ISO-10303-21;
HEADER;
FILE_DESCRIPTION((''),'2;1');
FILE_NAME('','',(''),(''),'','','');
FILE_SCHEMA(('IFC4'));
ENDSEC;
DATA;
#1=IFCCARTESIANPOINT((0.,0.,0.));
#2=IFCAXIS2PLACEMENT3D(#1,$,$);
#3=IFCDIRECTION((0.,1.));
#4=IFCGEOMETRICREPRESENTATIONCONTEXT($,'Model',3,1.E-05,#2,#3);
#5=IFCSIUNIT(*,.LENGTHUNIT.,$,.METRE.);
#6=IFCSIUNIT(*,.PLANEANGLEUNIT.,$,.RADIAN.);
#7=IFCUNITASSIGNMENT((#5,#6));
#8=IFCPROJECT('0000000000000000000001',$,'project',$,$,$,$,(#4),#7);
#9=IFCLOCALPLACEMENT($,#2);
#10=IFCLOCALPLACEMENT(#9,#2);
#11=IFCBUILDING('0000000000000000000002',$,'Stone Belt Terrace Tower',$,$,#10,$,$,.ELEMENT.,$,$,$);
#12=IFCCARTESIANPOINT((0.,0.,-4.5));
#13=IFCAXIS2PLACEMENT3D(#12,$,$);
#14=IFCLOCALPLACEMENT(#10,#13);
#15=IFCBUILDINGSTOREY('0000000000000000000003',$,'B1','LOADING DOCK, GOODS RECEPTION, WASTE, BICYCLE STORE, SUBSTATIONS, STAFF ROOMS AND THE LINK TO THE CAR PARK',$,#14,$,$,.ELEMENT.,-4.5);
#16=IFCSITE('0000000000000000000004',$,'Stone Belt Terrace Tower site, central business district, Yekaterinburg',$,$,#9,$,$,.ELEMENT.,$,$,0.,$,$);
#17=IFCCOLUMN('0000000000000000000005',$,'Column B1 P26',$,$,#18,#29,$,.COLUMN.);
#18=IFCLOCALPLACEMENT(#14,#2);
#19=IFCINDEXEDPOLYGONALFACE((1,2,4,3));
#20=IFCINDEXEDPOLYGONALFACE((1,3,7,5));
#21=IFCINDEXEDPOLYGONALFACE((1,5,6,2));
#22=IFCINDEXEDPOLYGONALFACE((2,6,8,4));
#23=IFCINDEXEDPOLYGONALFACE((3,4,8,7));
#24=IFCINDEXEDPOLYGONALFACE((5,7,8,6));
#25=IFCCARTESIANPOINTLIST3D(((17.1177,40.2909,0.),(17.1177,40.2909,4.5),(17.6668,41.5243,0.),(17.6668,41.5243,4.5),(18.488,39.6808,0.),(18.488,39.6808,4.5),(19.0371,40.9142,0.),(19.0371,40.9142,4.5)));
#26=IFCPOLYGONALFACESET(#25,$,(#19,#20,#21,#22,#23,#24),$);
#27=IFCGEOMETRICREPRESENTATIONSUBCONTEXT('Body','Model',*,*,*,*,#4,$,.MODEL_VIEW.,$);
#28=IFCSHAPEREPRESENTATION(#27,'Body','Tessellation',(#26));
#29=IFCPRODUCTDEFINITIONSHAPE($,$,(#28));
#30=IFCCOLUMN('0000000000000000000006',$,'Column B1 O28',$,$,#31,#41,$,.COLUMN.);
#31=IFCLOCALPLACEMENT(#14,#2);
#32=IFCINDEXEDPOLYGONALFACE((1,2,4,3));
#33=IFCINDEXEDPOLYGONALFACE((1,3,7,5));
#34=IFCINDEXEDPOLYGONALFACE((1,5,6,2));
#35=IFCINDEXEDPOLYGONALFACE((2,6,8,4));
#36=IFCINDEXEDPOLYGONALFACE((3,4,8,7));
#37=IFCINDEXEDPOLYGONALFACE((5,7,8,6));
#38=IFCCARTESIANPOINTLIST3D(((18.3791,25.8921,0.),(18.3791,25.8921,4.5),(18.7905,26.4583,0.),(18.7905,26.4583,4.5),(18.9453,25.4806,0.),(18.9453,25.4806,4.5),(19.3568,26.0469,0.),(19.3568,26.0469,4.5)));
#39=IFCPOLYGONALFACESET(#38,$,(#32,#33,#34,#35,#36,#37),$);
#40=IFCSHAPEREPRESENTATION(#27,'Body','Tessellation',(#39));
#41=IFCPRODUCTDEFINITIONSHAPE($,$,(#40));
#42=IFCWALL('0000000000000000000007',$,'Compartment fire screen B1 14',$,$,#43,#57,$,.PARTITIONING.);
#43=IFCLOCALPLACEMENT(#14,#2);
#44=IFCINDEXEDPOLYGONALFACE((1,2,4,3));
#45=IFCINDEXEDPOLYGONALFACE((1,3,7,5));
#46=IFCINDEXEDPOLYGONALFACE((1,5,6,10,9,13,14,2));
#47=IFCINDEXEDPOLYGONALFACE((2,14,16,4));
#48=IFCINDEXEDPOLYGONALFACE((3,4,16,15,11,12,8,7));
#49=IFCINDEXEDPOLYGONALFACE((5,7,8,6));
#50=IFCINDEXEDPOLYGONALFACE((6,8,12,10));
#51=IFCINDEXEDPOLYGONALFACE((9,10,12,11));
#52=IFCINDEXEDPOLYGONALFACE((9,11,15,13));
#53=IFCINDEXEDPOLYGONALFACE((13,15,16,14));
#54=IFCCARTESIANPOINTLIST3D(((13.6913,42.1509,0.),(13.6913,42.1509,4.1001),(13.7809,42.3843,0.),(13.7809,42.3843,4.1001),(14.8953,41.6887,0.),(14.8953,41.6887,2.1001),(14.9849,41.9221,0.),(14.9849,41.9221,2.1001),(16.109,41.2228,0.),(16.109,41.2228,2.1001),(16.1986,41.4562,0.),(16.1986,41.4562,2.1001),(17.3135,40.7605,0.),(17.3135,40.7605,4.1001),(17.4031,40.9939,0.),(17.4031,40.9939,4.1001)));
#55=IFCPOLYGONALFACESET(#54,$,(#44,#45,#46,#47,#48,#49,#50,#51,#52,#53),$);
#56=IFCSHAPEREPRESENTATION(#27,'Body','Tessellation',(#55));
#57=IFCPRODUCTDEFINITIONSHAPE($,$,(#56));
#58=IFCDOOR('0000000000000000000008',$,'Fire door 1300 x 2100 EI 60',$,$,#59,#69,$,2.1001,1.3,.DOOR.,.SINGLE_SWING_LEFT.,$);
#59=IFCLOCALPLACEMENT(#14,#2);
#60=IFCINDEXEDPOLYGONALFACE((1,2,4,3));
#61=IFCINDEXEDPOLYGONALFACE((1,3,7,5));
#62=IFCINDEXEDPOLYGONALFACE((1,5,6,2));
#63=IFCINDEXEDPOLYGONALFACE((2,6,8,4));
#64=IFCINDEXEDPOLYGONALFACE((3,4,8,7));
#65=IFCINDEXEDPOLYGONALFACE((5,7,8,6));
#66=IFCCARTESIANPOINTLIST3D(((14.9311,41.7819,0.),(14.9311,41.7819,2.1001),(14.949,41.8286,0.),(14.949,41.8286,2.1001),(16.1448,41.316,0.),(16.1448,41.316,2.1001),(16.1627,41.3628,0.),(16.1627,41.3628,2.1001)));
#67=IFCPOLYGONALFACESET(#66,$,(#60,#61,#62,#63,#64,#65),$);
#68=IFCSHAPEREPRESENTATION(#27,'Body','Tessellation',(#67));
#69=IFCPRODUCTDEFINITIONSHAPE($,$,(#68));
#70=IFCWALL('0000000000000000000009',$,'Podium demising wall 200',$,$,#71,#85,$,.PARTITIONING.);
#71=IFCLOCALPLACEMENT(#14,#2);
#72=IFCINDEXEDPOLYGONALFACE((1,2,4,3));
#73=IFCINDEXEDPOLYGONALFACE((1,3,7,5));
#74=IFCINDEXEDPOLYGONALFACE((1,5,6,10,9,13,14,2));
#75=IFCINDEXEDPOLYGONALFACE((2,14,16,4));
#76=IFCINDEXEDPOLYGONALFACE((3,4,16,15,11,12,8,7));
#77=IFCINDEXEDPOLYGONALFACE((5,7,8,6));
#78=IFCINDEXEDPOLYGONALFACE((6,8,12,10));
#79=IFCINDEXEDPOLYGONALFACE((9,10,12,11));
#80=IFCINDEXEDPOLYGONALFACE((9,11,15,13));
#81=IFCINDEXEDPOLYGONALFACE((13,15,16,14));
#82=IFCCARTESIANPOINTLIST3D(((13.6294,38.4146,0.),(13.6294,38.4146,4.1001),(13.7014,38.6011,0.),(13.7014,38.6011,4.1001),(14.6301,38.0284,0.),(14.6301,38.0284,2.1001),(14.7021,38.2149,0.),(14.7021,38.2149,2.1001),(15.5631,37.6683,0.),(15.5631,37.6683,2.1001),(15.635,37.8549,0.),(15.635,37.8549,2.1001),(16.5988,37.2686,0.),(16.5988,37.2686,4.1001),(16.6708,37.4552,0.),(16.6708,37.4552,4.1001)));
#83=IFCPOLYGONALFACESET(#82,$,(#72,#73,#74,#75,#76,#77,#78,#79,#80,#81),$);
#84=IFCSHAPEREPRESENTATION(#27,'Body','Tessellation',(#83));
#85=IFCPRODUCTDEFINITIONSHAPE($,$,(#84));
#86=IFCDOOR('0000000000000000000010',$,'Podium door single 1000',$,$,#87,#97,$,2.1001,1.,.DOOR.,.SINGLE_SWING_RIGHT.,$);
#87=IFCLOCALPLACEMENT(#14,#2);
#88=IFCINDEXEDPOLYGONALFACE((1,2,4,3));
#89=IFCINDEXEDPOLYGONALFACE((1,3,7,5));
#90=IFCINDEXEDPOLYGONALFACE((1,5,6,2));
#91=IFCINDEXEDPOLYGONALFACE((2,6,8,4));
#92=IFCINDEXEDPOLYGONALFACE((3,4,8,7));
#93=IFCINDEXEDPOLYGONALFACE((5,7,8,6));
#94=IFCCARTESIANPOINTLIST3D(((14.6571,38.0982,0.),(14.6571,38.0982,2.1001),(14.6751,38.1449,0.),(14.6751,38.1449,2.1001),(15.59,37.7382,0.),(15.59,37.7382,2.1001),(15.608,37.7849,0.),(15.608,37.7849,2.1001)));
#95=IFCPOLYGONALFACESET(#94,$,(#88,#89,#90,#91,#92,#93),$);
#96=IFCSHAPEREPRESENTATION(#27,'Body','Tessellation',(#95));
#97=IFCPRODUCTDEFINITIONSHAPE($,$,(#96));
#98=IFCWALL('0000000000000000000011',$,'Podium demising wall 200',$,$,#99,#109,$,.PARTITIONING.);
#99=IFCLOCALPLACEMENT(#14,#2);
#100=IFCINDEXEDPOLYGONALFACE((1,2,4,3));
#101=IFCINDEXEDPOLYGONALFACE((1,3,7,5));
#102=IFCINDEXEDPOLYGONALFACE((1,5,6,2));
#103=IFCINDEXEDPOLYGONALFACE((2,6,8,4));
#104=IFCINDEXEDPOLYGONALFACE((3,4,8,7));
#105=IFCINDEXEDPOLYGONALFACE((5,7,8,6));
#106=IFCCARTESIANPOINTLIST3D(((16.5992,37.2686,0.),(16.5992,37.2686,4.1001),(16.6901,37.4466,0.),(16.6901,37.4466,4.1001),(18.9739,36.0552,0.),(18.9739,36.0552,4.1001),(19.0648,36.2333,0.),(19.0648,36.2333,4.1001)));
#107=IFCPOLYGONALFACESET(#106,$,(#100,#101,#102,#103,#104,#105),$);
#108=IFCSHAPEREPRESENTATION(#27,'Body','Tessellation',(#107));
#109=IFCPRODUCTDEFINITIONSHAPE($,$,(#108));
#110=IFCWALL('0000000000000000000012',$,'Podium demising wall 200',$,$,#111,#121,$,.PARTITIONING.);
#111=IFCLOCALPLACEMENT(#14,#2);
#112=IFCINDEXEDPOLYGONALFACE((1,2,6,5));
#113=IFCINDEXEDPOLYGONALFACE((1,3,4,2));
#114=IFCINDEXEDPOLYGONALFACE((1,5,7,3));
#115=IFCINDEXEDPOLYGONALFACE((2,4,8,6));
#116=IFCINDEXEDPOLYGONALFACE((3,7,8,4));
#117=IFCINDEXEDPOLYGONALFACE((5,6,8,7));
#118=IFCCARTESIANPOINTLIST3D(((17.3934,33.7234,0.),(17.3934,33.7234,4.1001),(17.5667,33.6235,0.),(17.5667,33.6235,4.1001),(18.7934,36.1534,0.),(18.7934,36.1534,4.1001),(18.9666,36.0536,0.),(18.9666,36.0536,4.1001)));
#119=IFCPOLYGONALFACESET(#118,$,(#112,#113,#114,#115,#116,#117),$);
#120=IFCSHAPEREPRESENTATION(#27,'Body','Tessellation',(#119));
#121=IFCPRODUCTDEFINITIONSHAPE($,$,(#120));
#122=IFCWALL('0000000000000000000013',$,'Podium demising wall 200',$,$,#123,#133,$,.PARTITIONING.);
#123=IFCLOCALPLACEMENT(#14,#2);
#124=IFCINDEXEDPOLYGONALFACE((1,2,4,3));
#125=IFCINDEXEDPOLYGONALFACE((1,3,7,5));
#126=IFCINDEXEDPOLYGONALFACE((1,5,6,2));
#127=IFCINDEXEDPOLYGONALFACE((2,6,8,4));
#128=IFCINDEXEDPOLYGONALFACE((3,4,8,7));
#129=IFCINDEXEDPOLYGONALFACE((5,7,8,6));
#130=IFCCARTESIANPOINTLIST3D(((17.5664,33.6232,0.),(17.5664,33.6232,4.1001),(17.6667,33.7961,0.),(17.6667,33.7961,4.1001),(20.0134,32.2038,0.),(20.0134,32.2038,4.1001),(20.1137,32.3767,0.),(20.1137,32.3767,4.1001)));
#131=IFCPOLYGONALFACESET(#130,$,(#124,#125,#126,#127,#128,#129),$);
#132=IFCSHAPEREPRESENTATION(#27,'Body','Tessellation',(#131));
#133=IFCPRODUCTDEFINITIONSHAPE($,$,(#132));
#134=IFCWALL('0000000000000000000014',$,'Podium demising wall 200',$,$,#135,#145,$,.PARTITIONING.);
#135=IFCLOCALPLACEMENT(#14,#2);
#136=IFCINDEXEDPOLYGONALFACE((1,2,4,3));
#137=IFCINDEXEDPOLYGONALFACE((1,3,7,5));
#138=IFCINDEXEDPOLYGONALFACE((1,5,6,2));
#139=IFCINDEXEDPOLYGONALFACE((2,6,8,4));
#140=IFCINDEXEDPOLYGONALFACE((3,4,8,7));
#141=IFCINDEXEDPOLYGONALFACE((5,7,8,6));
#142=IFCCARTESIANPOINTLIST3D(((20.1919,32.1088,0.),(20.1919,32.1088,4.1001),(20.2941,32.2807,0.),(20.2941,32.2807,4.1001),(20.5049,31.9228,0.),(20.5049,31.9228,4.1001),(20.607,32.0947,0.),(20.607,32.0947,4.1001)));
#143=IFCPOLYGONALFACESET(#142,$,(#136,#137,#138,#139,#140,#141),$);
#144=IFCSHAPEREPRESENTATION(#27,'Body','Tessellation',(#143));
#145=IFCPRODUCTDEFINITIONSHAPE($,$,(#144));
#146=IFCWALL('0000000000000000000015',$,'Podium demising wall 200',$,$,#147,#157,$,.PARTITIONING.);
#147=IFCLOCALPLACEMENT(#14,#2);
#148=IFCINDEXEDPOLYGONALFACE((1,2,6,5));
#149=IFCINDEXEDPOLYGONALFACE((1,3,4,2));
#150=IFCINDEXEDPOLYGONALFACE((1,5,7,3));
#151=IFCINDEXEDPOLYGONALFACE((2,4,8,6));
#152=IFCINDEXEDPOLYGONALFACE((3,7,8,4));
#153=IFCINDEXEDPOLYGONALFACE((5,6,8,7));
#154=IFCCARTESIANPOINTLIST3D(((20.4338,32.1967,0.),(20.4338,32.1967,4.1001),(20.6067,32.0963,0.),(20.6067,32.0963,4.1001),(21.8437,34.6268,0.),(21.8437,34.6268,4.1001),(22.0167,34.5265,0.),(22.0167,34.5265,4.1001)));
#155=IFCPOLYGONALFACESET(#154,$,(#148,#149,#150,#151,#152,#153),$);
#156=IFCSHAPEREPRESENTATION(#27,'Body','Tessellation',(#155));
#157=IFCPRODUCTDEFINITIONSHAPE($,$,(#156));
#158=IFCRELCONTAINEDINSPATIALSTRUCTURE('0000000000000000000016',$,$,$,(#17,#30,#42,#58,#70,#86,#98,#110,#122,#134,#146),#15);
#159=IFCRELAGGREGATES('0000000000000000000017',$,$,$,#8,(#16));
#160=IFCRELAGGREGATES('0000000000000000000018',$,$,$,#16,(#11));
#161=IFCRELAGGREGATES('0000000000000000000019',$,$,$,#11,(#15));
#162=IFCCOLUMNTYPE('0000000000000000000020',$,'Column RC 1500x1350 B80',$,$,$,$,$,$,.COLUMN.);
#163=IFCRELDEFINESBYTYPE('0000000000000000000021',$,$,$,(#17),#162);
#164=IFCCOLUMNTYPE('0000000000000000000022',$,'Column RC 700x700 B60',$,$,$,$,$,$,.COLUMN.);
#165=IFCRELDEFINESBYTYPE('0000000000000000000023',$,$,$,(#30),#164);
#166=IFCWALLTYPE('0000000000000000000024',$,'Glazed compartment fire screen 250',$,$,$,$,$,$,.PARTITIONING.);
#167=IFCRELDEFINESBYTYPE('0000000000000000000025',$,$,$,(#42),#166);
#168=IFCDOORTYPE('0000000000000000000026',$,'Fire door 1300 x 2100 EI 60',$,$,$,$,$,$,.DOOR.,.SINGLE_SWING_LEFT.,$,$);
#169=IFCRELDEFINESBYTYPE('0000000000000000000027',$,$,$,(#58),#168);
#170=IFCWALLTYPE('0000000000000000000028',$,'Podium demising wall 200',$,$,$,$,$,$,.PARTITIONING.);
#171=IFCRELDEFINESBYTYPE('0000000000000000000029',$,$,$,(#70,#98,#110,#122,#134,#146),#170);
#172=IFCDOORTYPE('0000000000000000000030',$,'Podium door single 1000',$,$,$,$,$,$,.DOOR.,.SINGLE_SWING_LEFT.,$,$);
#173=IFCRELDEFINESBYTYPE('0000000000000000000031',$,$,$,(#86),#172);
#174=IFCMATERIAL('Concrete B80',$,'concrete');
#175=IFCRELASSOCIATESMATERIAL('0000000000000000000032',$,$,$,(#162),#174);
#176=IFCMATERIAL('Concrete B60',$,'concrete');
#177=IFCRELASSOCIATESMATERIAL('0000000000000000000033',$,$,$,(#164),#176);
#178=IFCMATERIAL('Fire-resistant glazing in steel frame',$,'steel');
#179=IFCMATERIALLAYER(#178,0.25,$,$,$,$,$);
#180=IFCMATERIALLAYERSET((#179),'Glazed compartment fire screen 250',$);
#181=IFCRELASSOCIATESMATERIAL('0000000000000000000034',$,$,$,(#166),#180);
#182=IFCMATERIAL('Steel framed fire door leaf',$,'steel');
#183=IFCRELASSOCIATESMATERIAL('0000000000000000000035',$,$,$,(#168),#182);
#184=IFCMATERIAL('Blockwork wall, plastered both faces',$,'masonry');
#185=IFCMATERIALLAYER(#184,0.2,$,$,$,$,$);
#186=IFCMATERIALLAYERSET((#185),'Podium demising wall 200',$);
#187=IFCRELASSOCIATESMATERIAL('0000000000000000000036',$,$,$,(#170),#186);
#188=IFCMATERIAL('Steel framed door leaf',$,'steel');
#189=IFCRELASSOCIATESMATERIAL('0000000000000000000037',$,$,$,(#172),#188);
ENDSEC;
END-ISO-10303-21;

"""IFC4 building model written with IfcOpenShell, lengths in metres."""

from ifc_helpers import new_model, si_unit, direction, frame, frame_2d, origin, origin_2d, place, context, subcontext, project, spatial, rectangle, extrude, material, layer, layer_set, material_profile, profile_set, type_object, element, fill, save


model = new_model("IFC4")

# Units and contexts
model_context = context("Model", 3, precision=1e-05, world=origin(), true_north=direction((0.0, 1.0)))
body_context = subcontext(model_context, "Body", "Model", "MODEL_VIEW")
ifc_project = project(units=[si_unit("LENGTHUNIT", "METRE"), si_unit("PLANEANGLEUNIT", "RADIAN")], contexts=[model_context])

# Site, building, storey
site_placement = place(None, origin())
site = spatial("IfcSite", under=ifc_project, at=site_placement, Name="Stone Belt Terrace Tower site, central business district, Yekaterinburg", CompositionType="ELEMENT", RefElevation=0.0)
building_placement = place(site_placement, origin())
building = spatial("IfcBuilding", under=site, at=building_placement, Name="Stone Belt Terrace Tower", CompositionType="ELEMENT")
storey_placement = place(building_placement, frame((0.0, 0.0, -4.5)))
storey = spatial("IfcBuildingStorey", under=building, at=storey_placement, Name="B1", Description="LOADING DOCK, GOODS RECEPTION, WASTE, BICYCLE STORE, SUBSTATIONS, STAFF ROOMS AND THE LINK TO THE CAR PARK", CompositionType="ELEMENT", Elevation=-4.5)

# Columns
ifc_material_1 = material(Name="Concrete B80", Category="concrete")
ifc_material_profile_1 = material_profile(ifc_material_1, rectangle(XDim=1.5, YDim=1.3501, at=origin_2d()), Name="RC 1500x1350")
ifc_profile_set_1 = profile_set([ifc_material_profile_1], Name="Concrete B80")
column_type_1 = type_object("IfcColumnType", Name="Column RC 1500x1350 B80", PredefinedType="COLUMN", material=ifc_profile_set_1)
column_1_placement = place(storey_placement, frame((18.0774, 40.6025, 0.0), z_axis=(0.0, 0.0, 1.0), x_axis=(0.913545, -0.406737, 0.0)))
element("IfcColumn", 1, at=column_1_placement, inside=storey, type_object=column_type_1, Name="Column B1 P26", PredefinedType="COLUMN", context=body_context, shape_type="SweptSolid", body=[
    extrude(rectangle(XDim=1.5, YDim=1.3501, at=origin_2d()), origin(), (0.0, 0.0, 1.0), 4.5),
])
ifc_material_2 = material(Name="Concrete B60", Category="concrete")
ifc_material_profile_2 = material_profile(ifc_material_2, rectangle(XDim=0.7, YDim=0.7, at=origin_2d()), Name="RC 700x700")
ifc_profile_set_2 = profile_set([ifc_material_profile_2], Name="Concrete B60")
column_type_2 = type_object("IfcColumnType", Name="Column RC 700x700 B60", PredefinedType="COLUMN", material=ifc_profile_set_2)
column_2_placement = place(storey_placement, frame((18.8679, 25.9695, 0.0), z_axis=(0.0, 0.0, 1.0), x_axis=(0.809017, -0.587785, 0.0)))
element("IfcColumn", 2, at=column_2_placement, inside=storey, type_object=column_type_2, Name="Column B1 O28", PredefinedType="COLUMN", context=body_context, shape_type="SweptSolid", body=[
    extrude(rectangle(XDim=0.7, YDim=0.7, at=origin_2d()), origin(), (0.0, 0.0, 1.0), 4.5),
])

# Walls, openings, doors
ifc_material_3 = material(Name="Fire-resistant glazing in steel frame", Category="steel")
ifc_layer_1 = layer(ifc_material_3, 0.25)
ifc_layer_set_1 = layer_set([ifc_layer_1], Name="Glazed compartment fire screen 250")
wall_type_1 = type_object("IfcWallType", Name="Glazed compartment fire screen 250", PredefinedType="PARTITIONING", material=ifc_layer_set_1)
wall_1_placement = place(storey_placement, frame((13.7361, 42.2676, 0.0), z_axis=(0.0, 0.0, 1.0), x_axis=(0.933581, -0.358368, 0.0)))
wall_1 = element("IfcWall", 3, at=wall_1_placement, inside=storey, type_object=wall_type_1, Name="Compartment fire screen B1 14", PredefinedType="PARTITIONING", context=body_context, shape_type="SweptSolid", body=[
    extrude(rectangle(XDim=3.8799, YDim=0.25, at=frame_2d((1.9399, 0.0))), origin(), (0.0, 0.0, 1.0), 4.1001),
])
opening_1_placement = place(wall_1_placement, frame((1.2898, 0.0, 0.0)))
opening_1 = element("IfcOpeningElement", 4, at=opening_1_placement, cuts=wall_1, PredefinedType="OPENING", context=body_context, shape_type="SweptSolid", body=[
    extrude(rectangle(XDim=1.3, YDim=2.1001, at=frame_2d((0.6499, 1.05))), frame((0.0, 0.135, 0.0), z_axis=(0.0, -1.0, 0.0), x_axis=(1.0, 0.0, 0.0)), (0.0, 0.0, 1.0), 0.27),
])
ifc_material_4 = material(Name="Steel framed fire door leaf", Category="steel")
door_type_1 = type_object("IfcDoorType", Name="Fire door 1300 x 2100 EI 60", OperationType="SINGLE_SWING_LEFT", PredefinedType="DOOR", material=ifc_material_4)
door_1_placement = place(opening_1_placement, origin())
door_1 = element("IfcDoor", 5, at=door_1_placement, inside=storey, type_object=door_type_1, Name="Fire door 1300 x 2100 EI 60", OperationType="SINGLE_SWING_LEFT", OverallHeight=2.1001, OverallWidth=1.3, PredefinedType="DOOR", context=body_context, shape_type="SweptSolid", body=[
    extrude(rectangle(XDim=1.3, YDim=2.1001, at=frame_2d((0.6499, 1.05))), frame((0.0, 0.0249, 0.0), z_axis=(0.0, -1.0, 0.0), x_axis=(1.0, 0.0, 0.0)), (0.0, 0.0, 1.0), 0.05),
])
fill(opening_1, door_1)
ifc_material_5 = material(Name="Blockwork wall, plastered both faces", Category="masonry")
ifc_layer_2 = layer(ifc_material_5, 0.2)
ifc_layer_set_2 = layer_set([ifc_layer_2], Name="Podium demising wall 200")
wall_type_2 = type_object("IfcWallType", Name="Podium demising wall 200", PredefinedType="PARTITIONING", material=ifc_layer_set_2)
wall_2_placement = place(storey_placement, frame((13.6655, 38.5078, 0.0), z_axis=(0.0, 0.0, 1.0), x_axis=(0.932936, -0.360043, 0.0)))
wall_2 = element("IfcWall", 6, at=wall_2_placement, inside=storey, type_object=wall_type_2, Name="Podium demising wall 200", PredefinedType="PARTITIONING", context=body_context, shape_type="SweptSolid", body=[
    extrude(rectangle(XDim=3.1829, YDim=0.2, at=frame_2d((1.5913, 0.0))), origin(), (0.0, 0.0, 1.0), 4.1001),
])
opening_2_placement = place(wall_2_placement, frame((1.0725, 0.0, 0.0)))
opening_2 = element("IfcOpeningElement", 7, at=opening_2_placement, cuts=wall_2, PredefinedType="OPENING", context=body_context, shape_type="SweptSolid", body=[
    extrude(rectangle(XDim=1.0, YDim=2.1001, at=frame_2d((0.5, 1.05))), frame((0.0, 0.1099, 0.0), z_axis=(0.0, -1.0, 0.0), x_axis=(1.0, 0.0, 0.0)), (0.0, 0.0, 1.0), 0.22),
])
ifc_material_6 = material(Name="Steel framed door leaf", Category="steel")
door_type_2 = type_object("IfcDoorType", Name="Podium door single 1000", OperationType="SINGLE_SWING_LEFT", PredefinedType="DOOR", material=ifc_material_6)
door_2_placement = place(opening_2_placement, origin())
door_2 = element("IfcDoor", 8, at=door_2_placement, inside=storey, type_object=door_type_2, Name="Podium door single 1000", OperationType="SINGLE_SWING_RIGHT", OverallHeight=2.1001, OverallWidth=1.0, PredefinedType="DOOR", context=body_context, shape_type="SweptSolid", body=[
    extrude(rectangle(XDim=1.0, YDim=2.1001, at=frame_2d((0.5, 1.05))), frame((0.0, 0.0249, 0.0), z_axis=(0.0, -1.0, 0.0), x_axis=(1.0, 0.0, 0.0)), (0.0, 0.0, 1.0), 0.05),
])
fill(opening_2, door_2)

# Walls
wall_3_placement = place(storey_placement, frame((16.6445, 37.3577, 0.0), z_axis=(0.0, 0.0, 1.0), x_axis=(0.890493, -0.454997, 0.0)))
element("IfcWall", 9, at=wall_3_placement, inside=storey, type_object=wall_type_2, Name="Podium demising wall 200", PredefinedType="PARTITIONING", context=body_context, shape_type="SweptSolid", body=[
    extrude(rectangle(XDim=2.6667, YDim=0.2, at=frame_2d((1.3335, 0.0))), origin(), (0.0, 0.0, 1.0), 4.1001),
])
wall_4_placement = place(storey_placement, frame((17.48, 33.6733, 0.0), z_axis=(0.0, 0.0, 1.0), x_axis=(0.499192, 0.866491, 0.0)))
element("IfcWall", 10, at=wall_4_placement, inside=storey, type_object=wall_type_2, Name="Podium demising wall 200", PredefinedType="PARTITIONING", context=body_context, shape_type="SweptSolid", body=[
    extrude(rectangle(XDim=2.8044, YDim=0.2, at=frame_2d((1.4023, 0.0))), origin(), (0.0, 0.0, 1.0), 4.1001),
])
wall_5_placement = place(storey_placement, frame((17.6165, 33.7097, 0.0), z_axis=(0.0, 0.0, 1.0), x_axis=(0.865006, -0.501761, 0.0)))
element("IfcWall", 11, at=wall_5_placement, inside=storey, type_object=wall_type_2, Name="Podium demising wall 200", PredefinedType="PARTITIONING", context=body_context, shape_type="SweptSolid", body=[
    extrude(rectangle(XDim=2.8289, YDim=0.2, at=frame_2d((1.4146, 0.0))), origin(), (0.0, 0.0, 1.0), 4.1001),
])
wall_6_placement = place(storey_placement, frame((20.2429, 32.1948, 0.0), z_axis=(0.0, 0.0, 1.0), x_axis=(0.859615, -0.510941, 0.0)))
element("IfcWall", 12, at=wall_6_placement, inside=storey, type_object=wall_type_2, Name="Podium demising wall 200", PredefinedType="PARTITIONING", context=body_context, shape_type="SweptSolid", body=[
    extrude(rectangle(XDim=0.364, YDim=0.2, at=frame_2d((0.1821, 0.0))), origin(), (0.0, 0.0, 1.0), 4.1001),
])
wall_7_placement = place(storey_placement, frame((20.5203, 32.1465, 0.0), z_axis=(0.0, 0.0, 1.0), x_axis=(0.501827, 0.864968, 0.0)))
element("IfcWall", 13, at=wall_7_placement, inside=storey, type_object=wall_type_2, Name="Podium demising wall 200", PredefinedType="PARTITIONING", context=body_context, shape_type="SweptSolid", body=[
    extrude(rectangle(XDim=2.8096, YDim=0.2, at=frame_2d((1.4048, 0.0))), origin(), (0.0, 0.0, 1.0), 4.1001),
])

save(model, "model.ifc")
